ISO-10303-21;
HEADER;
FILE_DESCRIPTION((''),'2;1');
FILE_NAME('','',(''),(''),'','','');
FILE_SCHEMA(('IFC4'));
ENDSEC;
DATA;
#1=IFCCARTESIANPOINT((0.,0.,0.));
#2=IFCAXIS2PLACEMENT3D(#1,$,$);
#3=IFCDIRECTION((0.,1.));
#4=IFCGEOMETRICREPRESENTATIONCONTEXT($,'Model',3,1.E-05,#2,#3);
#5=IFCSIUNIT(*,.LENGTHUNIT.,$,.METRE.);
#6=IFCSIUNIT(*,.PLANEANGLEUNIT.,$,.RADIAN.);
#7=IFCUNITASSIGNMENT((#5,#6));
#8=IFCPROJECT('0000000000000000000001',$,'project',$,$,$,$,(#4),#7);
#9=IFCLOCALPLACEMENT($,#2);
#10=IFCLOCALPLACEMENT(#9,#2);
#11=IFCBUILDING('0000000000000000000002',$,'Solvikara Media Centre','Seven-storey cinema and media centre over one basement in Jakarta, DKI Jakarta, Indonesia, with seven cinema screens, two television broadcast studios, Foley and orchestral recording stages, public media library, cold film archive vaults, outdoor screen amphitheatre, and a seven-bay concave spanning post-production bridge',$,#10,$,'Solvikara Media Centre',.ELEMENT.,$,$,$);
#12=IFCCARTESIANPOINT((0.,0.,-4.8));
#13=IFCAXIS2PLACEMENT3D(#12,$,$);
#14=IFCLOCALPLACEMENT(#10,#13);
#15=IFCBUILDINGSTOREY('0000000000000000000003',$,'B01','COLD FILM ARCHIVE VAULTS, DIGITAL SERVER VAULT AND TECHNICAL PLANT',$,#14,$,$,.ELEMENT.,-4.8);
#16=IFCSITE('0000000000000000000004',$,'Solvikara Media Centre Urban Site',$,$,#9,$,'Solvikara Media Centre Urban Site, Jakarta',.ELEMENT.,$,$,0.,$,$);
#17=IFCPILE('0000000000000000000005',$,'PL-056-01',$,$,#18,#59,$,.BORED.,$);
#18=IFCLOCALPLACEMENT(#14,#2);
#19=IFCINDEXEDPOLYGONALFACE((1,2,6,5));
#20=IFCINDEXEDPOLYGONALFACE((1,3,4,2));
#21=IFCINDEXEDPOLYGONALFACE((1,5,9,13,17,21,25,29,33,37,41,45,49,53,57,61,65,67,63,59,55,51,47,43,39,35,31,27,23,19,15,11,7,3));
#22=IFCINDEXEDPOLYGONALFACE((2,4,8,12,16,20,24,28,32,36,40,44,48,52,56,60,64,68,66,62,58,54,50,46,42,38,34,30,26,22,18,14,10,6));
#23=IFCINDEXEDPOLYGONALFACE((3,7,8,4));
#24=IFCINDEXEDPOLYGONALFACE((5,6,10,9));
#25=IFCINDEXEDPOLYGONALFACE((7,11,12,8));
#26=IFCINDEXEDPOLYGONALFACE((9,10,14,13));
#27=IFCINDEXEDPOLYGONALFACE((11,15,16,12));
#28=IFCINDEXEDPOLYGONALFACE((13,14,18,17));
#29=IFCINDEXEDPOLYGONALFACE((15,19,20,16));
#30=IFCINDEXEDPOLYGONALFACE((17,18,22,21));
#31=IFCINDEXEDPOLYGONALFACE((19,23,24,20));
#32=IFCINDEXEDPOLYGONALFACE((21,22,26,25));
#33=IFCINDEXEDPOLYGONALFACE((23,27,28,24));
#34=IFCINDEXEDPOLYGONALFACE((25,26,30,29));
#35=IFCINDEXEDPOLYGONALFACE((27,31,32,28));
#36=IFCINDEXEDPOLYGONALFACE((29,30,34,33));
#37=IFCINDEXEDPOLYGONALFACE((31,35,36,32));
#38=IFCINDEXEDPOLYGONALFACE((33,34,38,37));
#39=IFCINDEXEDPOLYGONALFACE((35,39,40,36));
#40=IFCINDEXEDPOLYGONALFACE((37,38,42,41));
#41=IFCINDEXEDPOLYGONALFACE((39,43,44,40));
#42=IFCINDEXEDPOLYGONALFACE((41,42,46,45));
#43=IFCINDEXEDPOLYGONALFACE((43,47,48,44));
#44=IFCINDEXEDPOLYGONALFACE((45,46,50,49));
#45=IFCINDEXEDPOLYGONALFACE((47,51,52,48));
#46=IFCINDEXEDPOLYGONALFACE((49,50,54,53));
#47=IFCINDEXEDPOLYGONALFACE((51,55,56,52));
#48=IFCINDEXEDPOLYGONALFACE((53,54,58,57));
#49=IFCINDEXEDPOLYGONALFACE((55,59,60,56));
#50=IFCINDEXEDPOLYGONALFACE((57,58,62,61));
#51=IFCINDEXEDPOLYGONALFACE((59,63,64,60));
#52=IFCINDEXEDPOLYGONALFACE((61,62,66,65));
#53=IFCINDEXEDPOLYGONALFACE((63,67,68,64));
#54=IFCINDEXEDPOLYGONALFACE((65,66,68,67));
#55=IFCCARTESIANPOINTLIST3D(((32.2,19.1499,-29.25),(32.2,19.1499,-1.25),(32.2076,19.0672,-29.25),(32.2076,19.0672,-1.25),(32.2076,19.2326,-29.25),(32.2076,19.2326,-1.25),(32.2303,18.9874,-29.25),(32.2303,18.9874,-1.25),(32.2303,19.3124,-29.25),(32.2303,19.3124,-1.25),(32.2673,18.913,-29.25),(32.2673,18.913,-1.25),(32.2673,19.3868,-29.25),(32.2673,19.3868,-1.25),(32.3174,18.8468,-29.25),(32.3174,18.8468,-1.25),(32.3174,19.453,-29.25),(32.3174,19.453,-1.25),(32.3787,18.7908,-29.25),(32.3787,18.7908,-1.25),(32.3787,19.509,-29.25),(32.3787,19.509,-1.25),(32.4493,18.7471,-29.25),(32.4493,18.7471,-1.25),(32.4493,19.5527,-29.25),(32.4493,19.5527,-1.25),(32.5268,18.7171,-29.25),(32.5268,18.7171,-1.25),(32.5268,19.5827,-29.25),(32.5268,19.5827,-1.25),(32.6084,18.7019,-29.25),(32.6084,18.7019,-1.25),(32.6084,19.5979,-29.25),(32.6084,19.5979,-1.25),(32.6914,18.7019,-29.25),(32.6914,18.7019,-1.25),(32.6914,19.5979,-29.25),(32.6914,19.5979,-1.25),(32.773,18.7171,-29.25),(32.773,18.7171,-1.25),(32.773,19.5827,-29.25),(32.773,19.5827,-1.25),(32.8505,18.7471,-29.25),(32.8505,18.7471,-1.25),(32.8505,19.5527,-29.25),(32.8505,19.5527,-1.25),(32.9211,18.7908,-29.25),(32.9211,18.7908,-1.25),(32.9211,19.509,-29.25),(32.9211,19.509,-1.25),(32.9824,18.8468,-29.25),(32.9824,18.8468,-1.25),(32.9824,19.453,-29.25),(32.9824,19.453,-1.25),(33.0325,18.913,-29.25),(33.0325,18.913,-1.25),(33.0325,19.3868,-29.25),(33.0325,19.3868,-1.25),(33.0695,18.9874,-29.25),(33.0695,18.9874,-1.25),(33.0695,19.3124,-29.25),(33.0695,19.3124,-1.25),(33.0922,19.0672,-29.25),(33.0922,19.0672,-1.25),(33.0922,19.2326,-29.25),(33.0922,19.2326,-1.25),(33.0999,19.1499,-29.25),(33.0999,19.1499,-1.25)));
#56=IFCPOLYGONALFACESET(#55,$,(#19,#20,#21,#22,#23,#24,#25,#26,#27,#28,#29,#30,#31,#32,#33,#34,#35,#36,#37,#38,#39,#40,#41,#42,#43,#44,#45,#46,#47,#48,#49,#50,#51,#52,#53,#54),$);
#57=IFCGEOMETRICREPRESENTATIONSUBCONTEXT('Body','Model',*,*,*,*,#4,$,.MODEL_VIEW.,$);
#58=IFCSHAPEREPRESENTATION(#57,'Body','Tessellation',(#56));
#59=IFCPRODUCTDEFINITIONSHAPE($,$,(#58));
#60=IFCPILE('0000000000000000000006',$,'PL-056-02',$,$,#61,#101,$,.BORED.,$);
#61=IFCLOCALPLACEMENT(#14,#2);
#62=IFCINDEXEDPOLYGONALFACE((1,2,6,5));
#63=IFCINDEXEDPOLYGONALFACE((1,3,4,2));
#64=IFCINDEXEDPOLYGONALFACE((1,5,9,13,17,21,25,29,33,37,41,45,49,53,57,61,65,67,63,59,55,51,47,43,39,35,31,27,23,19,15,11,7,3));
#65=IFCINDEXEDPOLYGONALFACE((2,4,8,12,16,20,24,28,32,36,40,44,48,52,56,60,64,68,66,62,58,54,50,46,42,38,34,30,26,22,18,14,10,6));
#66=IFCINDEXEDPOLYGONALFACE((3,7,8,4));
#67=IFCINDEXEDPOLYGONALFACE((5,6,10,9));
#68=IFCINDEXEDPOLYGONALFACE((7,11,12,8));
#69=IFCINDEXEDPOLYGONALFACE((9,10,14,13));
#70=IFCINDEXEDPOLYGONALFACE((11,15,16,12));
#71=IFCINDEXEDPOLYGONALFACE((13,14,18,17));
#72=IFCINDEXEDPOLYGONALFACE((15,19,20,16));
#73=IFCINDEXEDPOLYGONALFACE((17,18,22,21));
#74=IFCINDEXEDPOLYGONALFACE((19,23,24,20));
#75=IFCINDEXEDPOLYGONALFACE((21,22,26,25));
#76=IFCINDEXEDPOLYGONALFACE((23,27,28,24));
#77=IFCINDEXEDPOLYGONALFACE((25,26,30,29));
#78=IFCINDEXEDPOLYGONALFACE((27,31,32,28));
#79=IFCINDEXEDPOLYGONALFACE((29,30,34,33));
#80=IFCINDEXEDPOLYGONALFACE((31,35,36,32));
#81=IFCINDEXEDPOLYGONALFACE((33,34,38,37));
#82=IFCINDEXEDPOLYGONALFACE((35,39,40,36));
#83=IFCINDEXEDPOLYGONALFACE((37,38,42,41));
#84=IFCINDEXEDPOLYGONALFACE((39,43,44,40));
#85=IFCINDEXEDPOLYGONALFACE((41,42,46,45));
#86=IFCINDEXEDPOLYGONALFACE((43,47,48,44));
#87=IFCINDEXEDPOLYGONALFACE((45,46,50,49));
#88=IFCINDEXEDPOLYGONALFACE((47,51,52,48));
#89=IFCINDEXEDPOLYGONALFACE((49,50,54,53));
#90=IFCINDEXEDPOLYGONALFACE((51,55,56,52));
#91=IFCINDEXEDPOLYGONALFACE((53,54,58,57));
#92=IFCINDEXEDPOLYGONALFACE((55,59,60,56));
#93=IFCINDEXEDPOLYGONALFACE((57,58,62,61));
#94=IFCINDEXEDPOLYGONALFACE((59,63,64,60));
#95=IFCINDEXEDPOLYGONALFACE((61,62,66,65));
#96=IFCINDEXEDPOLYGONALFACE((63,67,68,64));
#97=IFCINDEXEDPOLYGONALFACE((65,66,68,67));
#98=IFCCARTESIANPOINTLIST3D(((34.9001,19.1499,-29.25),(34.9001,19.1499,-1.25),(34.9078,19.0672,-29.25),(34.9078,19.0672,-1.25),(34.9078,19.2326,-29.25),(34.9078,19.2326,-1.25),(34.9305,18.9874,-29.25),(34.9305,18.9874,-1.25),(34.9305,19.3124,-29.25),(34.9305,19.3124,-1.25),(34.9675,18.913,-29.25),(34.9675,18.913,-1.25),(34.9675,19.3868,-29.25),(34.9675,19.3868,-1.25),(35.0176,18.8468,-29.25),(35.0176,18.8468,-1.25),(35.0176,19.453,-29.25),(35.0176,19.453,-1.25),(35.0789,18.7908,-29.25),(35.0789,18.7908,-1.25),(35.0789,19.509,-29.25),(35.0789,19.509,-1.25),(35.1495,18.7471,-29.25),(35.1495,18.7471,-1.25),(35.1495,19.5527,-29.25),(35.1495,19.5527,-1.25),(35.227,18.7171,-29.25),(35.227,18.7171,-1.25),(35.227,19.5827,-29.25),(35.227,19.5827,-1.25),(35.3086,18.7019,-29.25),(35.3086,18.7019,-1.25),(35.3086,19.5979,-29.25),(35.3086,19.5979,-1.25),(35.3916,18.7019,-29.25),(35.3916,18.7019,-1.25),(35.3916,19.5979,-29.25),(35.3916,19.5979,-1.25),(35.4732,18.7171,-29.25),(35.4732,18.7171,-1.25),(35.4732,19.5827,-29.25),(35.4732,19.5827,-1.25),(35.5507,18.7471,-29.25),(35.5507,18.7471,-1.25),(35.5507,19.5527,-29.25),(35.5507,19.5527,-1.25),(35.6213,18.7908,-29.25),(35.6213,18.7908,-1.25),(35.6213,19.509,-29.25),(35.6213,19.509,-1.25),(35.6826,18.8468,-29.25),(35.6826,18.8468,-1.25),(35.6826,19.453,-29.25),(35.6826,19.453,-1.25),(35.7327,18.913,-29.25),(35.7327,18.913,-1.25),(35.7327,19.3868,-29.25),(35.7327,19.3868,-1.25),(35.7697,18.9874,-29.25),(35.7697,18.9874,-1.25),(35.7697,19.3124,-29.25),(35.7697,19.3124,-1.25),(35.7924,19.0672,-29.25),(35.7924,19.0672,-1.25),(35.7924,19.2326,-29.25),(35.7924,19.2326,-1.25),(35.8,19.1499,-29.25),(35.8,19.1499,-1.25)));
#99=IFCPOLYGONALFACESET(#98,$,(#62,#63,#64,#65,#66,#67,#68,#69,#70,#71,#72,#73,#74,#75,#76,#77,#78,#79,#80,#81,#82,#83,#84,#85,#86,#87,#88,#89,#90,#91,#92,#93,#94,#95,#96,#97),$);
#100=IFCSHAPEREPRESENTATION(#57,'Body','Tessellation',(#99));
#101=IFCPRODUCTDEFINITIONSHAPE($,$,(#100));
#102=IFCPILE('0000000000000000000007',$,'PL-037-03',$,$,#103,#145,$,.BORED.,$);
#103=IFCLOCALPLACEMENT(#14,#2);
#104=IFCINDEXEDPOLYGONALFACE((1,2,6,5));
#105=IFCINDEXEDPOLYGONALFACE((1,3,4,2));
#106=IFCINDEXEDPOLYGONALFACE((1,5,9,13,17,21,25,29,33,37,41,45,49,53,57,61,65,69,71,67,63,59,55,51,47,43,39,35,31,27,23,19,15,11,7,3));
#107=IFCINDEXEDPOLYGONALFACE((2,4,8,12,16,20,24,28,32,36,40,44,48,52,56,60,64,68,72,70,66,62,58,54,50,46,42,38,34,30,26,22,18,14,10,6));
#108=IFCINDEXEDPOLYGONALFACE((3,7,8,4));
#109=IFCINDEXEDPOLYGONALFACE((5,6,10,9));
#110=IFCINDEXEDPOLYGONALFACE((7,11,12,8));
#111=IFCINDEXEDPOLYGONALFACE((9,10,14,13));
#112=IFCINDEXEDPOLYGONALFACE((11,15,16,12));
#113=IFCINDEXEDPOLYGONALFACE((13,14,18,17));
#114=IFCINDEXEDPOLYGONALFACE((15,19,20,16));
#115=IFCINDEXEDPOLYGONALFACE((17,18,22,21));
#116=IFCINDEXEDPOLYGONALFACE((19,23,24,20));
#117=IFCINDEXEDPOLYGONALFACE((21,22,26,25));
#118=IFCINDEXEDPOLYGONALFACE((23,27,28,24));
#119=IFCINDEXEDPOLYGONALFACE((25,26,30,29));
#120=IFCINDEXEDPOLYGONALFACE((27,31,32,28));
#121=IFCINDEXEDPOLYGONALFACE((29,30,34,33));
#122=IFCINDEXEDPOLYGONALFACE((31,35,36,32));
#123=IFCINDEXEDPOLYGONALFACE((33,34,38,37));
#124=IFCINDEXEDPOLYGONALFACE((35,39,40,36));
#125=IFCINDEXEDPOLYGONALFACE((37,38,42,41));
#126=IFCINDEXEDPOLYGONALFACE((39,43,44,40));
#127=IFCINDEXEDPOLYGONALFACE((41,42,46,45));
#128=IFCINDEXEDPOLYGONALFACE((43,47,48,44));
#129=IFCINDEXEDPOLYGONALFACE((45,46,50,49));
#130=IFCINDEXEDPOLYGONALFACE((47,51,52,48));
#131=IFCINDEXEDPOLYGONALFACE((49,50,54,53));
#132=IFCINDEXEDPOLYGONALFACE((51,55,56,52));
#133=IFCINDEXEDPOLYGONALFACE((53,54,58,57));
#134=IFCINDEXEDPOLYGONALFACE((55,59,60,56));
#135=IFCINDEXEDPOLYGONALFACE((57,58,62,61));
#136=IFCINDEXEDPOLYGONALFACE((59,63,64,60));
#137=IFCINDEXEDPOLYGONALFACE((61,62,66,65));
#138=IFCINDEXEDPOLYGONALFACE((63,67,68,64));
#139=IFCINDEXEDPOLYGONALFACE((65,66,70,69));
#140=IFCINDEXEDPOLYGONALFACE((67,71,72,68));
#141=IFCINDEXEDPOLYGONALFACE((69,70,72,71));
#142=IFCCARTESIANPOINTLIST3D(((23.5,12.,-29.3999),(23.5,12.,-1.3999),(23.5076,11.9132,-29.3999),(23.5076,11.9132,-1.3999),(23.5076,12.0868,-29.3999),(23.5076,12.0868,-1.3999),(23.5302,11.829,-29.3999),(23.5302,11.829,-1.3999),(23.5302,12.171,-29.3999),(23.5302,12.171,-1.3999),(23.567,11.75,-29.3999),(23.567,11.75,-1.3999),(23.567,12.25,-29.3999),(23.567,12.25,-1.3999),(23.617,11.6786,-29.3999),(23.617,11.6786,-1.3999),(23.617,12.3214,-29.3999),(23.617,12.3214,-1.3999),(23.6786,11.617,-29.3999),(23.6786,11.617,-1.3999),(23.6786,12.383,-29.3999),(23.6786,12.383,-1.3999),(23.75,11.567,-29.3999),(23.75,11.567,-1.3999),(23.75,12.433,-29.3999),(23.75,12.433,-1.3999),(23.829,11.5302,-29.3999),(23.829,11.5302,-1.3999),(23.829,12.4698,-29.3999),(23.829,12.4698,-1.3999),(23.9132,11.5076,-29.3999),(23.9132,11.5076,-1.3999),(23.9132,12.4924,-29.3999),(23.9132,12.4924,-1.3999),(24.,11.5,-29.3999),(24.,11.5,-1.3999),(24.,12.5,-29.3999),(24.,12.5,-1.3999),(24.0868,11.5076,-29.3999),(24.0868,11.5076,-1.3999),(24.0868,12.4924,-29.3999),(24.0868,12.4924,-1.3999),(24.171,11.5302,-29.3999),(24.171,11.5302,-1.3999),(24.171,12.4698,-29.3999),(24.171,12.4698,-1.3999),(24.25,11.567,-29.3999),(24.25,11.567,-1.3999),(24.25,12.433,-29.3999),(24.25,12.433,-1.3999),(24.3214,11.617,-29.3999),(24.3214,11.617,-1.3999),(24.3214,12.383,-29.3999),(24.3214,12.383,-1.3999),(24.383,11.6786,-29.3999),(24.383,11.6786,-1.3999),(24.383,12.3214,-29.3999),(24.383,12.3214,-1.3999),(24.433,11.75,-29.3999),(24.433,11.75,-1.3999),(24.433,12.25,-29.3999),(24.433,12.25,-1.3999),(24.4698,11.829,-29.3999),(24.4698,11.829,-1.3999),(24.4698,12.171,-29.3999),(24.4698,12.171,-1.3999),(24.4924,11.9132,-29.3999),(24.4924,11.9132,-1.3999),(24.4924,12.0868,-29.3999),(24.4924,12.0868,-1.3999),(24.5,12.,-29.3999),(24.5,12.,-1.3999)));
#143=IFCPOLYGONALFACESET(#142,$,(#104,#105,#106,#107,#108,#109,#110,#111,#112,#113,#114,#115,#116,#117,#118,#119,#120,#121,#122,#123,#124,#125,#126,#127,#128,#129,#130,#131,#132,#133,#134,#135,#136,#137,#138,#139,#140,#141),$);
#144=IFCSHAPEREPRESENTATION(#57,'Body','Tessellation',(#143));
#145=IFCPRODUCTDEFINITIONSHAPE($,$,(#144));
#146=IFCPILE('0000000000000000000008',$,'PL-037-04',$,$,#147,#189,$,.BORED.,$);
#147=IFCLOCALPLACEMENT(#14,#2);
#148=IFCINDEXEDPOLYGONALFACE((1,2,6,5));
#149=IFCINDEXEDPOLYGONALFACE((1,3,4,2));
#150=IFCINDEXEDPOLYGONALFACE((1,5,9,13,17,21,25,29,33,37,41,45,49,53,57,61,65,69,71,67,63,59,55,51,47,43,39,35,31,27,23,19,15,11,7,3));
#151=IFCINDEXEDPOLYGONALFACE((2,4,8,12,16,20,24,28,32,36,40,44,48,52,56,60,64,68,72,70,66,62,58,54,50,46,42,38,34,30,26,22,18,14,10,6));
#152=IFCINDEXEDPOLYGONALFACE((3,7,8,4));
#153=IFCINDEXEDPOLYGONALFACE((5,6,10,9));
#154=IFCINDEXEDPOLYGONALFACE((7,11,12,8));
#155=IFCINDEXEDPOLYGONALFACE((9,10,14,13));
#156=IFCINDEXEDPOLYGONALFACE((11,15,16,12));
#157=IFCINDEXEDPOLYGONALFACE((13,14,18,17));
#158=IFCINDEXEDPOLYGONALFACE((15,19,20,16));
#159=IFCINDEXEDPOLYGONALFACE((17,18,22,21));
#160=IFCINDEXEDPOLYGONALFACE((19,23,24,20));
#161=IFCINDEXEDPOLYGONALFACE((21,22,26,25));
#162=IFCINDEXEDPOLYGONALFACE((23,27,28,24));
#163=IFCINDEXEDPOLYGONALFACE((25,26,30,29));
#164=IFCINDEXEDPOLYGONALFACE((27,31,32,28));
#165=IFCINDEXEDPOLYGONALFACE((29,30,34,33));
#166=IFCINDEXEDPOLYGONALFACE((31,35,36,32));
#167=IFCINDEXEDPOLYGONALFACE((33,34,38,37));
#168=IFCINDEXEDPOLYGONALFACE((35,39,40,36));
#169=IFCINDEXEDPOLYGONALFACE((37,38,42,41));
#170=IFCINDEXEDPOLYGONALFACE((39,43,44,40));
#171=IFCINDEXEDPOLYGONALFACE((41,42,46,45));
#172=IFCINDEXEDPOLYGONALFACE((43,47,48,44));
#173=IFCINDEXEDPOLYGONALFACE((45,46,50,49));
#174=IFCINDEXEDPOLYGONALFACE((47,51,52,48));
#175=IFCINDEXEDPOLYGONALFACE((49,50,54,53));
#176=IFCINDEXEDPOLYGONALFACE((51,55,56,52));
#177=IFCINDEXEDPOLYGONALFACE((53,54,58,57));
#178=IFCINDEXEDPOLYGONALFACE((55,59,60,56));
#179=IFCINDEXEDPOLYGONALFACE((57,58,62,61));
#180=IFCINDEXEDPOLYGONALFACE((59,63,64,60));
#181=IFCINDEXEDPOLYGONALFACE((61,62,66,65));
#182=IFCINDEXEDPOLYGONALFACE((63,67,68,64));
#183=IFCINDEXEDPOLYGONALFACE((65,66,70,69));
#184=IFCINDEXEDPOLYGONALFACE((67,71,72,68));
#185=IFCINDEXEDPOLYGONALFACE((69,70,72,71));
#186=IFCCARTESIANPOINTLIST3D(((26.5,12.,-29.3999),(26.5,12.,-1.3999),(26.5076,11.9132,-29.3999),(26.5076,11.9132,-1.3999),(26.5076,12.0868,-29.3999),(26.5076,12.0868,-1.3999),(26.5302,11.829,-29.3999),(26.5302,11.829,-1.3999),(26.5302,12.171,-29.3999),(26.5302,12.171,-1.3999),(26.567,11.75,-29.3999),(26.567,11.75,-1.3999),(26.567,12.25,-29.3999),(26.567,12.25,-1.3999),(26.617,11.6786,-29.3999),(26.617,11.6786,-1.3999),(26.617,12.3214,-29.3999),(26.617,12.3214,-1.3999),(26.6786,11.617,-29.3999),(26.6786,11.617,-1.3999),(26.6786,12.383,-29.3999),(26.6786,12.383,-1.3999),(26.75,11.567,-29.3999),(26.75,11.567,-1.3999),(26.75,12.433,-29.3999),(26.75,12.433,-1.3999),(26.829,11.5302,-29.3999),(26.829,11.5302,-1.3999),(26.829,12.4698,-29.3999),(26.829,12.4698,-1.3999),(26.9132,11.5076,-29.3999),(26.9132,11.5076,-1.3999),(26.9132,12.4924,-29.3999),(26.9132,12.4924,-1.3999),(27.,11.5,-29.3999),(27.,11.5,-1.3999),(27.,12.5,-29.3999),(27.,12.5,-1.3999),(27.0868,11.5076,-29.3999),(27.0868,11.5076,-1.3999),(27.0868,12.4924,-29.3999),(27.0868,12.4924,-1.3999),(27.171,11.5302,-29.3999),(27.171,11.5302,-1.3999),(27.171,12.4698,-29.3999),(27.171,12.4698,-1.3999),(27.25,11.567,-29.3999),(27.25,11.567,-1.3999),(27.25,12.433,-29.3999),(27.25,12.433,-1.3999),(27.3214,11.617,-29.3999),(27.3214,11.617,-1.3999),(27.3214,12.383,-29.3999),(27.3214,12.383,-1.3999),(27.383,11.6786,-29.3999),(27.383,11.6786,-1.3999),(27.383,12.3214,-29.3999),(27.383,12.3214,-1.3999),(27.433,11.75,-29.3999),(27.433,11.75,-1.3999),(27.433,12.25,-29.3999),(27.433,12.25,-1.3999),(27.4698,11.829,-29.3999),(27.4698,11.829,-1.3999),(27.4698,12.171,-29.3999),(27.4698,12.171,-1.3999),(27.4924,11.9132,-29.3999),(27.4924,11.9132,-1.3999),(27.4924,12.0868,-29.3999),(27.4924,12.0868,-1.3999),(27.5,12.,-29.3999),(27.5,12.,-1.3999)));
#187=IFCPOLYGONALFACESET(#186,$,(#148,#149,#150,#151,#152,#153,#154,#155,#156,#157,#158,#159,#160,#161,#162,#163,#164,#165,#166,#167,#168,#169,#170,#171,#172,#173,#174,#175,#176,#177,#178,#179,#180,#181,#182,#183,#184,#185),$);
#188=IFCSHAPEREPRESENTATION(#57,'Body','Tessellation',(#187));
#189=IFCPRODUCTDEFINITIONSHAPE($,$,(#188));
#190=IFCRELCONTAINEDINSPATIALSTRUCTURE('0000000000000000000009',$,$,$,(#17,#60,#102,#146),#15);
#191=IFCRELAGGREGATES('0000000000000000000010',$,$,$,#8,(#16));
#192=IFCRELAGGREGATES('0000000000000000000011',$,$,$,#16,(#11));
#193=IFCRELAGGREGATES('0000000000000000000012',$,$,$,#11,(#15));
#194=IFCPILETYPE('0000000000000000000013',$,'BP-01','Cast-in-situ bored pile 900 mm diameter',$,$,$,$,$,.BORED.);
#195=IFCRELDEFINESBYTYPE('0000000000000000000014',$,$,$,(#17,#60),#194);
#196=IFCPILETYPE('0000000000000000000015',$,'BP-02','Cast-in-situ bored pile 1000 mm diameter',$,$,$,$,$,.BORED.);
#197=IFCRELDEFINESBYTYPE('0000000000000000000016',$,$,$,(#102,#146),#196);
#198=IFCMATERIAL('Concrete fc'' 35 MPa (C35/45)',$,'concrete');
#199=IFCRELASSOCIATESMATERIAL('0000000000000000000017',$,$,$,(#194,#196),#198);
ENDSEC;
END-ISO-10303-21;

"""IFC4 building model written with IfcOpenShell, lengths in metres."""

from ifc_helpers import new_model, si_unit, direction, frame, origin, origin_2d, place, context, subcontext, project, spatial, circle, extrude, material, material_profile, profile_set, type_object, element, save


model = new_model("IFC4")

# Units and contexts
model_context = context("Model", 3, precision=1e-05, world=origin(), true_north=direction((0.0, 1.0)))
body_context = subcontext(model_context, "Body", "Model", "MODEL_VIEW")
ifc_project = project(units=[si_unit("LENGTHUNIT", "METRE"), si_unit("PLANEANGLEUNIT", "RADIAN")], contexts=[model_context])

# Site, building, storey
site_placement = place(None, origin())
site = spatial("IfcSite", under=ifc_project, at=site_placement, Name="Solvikara Media Centre Urban Site", LongName="Solvikara Media Centre Urban Site, Jakarta", CompositionType="ELEMENT", RefElevation=0.0)
building_placement = place(site_placement, origin())
building = spatial("IfcBuilding", under=site, at=building_placement, Name="Solvikara Media Centre", Description="Seven-storey cinema and media centre over one basement in Jakarta, DKI Jakarta, Indonesia, with seven cinema screens, two television broadcast studios, Foley and orchestral recording stages, public media library, cold film archive vaults, outdoor screen amphitheatre, and a seven-bay concave spanning post-production bridge", LongName="Solvikara Media Centre", CompositionType="ELEMENT")
storey_placement = place(building_placement, frame((0.0, 0.0, -4.8)))
storey = spatial("IfcBuildingStorey", under=building, at=storey_placement, Name="B01", Description="COLD FILM ARCHIVE VAULTS, DIGITAL SERVER VAULT AND TECHNICAL PLANT", CompositionType="ELEMENT", Elevation=-4.8)

# Piles
ifc_material_1 = material(Name="Concrete fc' 35 MPa (C35/45)", Category="concrete")
ifc_material_profile_1 = material_profile(ifc_material_1, circle(Radius=0.45, at=origin_2d()), Name="BORED PILE D900")
ifc_profile_set_1 = profile_set([ifc_material_profile_1], Name="Concrete fc' 35 MPa (C35/45)")
pile_type_1 = type_object("IfcPileType", Name="BP-01", Description="Cast-in-situ bored pile 900 mm diameter", PredefinedType="BORED", material=ifc_profile_set_1)
for number, where, z_axis, x_axis, name in (
    (1, (32.6499, 19.1499, -1.25), (0.0, 0.0, -1.0), (1.0, 0.0, 0.0), "PL-056-01"),
    (2, (35.3501, 19.1499, -1.25), (0.0, 0.0, -1.0), (1.0, 0.0, 0.0), "PL-056-02"),
):
    element("IfcPile", number, at=place(storey_placement, frame(where, z_axis=z_axis, x_axis=x_axis)), inside=storey, type_object=pile_type_1, Name=name, PredefinedType="BORED", context=body_context, shape_type="SweptSolid", body=[
        extrude(circle(Radius=0.45, at=origin_2d()), origin(), (0.0, 0.0, 1.0), 28.0),
    ])
ifc_material_profile_2 = material_profile(ifc_material_1, circle(Radius=0.5, at=origin_2d()), Name="BORED PILE D1000")
ifc_profile_set_2 = profile_set([ifc_material_profile_2], Name="Concrete fc' 35 MPa (C35/45)")
pile_type_2 = type_object("IfcPileType", Name="BP-02", Description="Cast-in-situ bored pile 1000 mm diameter", PredefinedType="BORED", material=ifc_profile_set_2)
for number, where, z_axis, x_axis, name in (
    (3, (24.0, 12.0, -1.3999), (0.0, 0.0, -1.0), (1.0, 0.0, 0.0), "PL-037-03"),
    (4, (27.0, 12.0, -1.3999), (0.0, 0.0, -1.0), (1.0, 0.0, 0.0), "PL-037-04"),
):
    element("IfcPile", number, at=place(storey_placement, frame(where, z_axis=z_axis, x_axis=x_axis)), inside=storey, type_object=pile_type_2, Name=name, PredefinedType="BORED", context=body_context, shape_type="SweptSolid", body=[
        extrude(circle(Radius=0.5, at=origin_2d()), origin(), (0.0, 0.0, 1.0), 28.0),
    ])

save(model, "model.ifc")
